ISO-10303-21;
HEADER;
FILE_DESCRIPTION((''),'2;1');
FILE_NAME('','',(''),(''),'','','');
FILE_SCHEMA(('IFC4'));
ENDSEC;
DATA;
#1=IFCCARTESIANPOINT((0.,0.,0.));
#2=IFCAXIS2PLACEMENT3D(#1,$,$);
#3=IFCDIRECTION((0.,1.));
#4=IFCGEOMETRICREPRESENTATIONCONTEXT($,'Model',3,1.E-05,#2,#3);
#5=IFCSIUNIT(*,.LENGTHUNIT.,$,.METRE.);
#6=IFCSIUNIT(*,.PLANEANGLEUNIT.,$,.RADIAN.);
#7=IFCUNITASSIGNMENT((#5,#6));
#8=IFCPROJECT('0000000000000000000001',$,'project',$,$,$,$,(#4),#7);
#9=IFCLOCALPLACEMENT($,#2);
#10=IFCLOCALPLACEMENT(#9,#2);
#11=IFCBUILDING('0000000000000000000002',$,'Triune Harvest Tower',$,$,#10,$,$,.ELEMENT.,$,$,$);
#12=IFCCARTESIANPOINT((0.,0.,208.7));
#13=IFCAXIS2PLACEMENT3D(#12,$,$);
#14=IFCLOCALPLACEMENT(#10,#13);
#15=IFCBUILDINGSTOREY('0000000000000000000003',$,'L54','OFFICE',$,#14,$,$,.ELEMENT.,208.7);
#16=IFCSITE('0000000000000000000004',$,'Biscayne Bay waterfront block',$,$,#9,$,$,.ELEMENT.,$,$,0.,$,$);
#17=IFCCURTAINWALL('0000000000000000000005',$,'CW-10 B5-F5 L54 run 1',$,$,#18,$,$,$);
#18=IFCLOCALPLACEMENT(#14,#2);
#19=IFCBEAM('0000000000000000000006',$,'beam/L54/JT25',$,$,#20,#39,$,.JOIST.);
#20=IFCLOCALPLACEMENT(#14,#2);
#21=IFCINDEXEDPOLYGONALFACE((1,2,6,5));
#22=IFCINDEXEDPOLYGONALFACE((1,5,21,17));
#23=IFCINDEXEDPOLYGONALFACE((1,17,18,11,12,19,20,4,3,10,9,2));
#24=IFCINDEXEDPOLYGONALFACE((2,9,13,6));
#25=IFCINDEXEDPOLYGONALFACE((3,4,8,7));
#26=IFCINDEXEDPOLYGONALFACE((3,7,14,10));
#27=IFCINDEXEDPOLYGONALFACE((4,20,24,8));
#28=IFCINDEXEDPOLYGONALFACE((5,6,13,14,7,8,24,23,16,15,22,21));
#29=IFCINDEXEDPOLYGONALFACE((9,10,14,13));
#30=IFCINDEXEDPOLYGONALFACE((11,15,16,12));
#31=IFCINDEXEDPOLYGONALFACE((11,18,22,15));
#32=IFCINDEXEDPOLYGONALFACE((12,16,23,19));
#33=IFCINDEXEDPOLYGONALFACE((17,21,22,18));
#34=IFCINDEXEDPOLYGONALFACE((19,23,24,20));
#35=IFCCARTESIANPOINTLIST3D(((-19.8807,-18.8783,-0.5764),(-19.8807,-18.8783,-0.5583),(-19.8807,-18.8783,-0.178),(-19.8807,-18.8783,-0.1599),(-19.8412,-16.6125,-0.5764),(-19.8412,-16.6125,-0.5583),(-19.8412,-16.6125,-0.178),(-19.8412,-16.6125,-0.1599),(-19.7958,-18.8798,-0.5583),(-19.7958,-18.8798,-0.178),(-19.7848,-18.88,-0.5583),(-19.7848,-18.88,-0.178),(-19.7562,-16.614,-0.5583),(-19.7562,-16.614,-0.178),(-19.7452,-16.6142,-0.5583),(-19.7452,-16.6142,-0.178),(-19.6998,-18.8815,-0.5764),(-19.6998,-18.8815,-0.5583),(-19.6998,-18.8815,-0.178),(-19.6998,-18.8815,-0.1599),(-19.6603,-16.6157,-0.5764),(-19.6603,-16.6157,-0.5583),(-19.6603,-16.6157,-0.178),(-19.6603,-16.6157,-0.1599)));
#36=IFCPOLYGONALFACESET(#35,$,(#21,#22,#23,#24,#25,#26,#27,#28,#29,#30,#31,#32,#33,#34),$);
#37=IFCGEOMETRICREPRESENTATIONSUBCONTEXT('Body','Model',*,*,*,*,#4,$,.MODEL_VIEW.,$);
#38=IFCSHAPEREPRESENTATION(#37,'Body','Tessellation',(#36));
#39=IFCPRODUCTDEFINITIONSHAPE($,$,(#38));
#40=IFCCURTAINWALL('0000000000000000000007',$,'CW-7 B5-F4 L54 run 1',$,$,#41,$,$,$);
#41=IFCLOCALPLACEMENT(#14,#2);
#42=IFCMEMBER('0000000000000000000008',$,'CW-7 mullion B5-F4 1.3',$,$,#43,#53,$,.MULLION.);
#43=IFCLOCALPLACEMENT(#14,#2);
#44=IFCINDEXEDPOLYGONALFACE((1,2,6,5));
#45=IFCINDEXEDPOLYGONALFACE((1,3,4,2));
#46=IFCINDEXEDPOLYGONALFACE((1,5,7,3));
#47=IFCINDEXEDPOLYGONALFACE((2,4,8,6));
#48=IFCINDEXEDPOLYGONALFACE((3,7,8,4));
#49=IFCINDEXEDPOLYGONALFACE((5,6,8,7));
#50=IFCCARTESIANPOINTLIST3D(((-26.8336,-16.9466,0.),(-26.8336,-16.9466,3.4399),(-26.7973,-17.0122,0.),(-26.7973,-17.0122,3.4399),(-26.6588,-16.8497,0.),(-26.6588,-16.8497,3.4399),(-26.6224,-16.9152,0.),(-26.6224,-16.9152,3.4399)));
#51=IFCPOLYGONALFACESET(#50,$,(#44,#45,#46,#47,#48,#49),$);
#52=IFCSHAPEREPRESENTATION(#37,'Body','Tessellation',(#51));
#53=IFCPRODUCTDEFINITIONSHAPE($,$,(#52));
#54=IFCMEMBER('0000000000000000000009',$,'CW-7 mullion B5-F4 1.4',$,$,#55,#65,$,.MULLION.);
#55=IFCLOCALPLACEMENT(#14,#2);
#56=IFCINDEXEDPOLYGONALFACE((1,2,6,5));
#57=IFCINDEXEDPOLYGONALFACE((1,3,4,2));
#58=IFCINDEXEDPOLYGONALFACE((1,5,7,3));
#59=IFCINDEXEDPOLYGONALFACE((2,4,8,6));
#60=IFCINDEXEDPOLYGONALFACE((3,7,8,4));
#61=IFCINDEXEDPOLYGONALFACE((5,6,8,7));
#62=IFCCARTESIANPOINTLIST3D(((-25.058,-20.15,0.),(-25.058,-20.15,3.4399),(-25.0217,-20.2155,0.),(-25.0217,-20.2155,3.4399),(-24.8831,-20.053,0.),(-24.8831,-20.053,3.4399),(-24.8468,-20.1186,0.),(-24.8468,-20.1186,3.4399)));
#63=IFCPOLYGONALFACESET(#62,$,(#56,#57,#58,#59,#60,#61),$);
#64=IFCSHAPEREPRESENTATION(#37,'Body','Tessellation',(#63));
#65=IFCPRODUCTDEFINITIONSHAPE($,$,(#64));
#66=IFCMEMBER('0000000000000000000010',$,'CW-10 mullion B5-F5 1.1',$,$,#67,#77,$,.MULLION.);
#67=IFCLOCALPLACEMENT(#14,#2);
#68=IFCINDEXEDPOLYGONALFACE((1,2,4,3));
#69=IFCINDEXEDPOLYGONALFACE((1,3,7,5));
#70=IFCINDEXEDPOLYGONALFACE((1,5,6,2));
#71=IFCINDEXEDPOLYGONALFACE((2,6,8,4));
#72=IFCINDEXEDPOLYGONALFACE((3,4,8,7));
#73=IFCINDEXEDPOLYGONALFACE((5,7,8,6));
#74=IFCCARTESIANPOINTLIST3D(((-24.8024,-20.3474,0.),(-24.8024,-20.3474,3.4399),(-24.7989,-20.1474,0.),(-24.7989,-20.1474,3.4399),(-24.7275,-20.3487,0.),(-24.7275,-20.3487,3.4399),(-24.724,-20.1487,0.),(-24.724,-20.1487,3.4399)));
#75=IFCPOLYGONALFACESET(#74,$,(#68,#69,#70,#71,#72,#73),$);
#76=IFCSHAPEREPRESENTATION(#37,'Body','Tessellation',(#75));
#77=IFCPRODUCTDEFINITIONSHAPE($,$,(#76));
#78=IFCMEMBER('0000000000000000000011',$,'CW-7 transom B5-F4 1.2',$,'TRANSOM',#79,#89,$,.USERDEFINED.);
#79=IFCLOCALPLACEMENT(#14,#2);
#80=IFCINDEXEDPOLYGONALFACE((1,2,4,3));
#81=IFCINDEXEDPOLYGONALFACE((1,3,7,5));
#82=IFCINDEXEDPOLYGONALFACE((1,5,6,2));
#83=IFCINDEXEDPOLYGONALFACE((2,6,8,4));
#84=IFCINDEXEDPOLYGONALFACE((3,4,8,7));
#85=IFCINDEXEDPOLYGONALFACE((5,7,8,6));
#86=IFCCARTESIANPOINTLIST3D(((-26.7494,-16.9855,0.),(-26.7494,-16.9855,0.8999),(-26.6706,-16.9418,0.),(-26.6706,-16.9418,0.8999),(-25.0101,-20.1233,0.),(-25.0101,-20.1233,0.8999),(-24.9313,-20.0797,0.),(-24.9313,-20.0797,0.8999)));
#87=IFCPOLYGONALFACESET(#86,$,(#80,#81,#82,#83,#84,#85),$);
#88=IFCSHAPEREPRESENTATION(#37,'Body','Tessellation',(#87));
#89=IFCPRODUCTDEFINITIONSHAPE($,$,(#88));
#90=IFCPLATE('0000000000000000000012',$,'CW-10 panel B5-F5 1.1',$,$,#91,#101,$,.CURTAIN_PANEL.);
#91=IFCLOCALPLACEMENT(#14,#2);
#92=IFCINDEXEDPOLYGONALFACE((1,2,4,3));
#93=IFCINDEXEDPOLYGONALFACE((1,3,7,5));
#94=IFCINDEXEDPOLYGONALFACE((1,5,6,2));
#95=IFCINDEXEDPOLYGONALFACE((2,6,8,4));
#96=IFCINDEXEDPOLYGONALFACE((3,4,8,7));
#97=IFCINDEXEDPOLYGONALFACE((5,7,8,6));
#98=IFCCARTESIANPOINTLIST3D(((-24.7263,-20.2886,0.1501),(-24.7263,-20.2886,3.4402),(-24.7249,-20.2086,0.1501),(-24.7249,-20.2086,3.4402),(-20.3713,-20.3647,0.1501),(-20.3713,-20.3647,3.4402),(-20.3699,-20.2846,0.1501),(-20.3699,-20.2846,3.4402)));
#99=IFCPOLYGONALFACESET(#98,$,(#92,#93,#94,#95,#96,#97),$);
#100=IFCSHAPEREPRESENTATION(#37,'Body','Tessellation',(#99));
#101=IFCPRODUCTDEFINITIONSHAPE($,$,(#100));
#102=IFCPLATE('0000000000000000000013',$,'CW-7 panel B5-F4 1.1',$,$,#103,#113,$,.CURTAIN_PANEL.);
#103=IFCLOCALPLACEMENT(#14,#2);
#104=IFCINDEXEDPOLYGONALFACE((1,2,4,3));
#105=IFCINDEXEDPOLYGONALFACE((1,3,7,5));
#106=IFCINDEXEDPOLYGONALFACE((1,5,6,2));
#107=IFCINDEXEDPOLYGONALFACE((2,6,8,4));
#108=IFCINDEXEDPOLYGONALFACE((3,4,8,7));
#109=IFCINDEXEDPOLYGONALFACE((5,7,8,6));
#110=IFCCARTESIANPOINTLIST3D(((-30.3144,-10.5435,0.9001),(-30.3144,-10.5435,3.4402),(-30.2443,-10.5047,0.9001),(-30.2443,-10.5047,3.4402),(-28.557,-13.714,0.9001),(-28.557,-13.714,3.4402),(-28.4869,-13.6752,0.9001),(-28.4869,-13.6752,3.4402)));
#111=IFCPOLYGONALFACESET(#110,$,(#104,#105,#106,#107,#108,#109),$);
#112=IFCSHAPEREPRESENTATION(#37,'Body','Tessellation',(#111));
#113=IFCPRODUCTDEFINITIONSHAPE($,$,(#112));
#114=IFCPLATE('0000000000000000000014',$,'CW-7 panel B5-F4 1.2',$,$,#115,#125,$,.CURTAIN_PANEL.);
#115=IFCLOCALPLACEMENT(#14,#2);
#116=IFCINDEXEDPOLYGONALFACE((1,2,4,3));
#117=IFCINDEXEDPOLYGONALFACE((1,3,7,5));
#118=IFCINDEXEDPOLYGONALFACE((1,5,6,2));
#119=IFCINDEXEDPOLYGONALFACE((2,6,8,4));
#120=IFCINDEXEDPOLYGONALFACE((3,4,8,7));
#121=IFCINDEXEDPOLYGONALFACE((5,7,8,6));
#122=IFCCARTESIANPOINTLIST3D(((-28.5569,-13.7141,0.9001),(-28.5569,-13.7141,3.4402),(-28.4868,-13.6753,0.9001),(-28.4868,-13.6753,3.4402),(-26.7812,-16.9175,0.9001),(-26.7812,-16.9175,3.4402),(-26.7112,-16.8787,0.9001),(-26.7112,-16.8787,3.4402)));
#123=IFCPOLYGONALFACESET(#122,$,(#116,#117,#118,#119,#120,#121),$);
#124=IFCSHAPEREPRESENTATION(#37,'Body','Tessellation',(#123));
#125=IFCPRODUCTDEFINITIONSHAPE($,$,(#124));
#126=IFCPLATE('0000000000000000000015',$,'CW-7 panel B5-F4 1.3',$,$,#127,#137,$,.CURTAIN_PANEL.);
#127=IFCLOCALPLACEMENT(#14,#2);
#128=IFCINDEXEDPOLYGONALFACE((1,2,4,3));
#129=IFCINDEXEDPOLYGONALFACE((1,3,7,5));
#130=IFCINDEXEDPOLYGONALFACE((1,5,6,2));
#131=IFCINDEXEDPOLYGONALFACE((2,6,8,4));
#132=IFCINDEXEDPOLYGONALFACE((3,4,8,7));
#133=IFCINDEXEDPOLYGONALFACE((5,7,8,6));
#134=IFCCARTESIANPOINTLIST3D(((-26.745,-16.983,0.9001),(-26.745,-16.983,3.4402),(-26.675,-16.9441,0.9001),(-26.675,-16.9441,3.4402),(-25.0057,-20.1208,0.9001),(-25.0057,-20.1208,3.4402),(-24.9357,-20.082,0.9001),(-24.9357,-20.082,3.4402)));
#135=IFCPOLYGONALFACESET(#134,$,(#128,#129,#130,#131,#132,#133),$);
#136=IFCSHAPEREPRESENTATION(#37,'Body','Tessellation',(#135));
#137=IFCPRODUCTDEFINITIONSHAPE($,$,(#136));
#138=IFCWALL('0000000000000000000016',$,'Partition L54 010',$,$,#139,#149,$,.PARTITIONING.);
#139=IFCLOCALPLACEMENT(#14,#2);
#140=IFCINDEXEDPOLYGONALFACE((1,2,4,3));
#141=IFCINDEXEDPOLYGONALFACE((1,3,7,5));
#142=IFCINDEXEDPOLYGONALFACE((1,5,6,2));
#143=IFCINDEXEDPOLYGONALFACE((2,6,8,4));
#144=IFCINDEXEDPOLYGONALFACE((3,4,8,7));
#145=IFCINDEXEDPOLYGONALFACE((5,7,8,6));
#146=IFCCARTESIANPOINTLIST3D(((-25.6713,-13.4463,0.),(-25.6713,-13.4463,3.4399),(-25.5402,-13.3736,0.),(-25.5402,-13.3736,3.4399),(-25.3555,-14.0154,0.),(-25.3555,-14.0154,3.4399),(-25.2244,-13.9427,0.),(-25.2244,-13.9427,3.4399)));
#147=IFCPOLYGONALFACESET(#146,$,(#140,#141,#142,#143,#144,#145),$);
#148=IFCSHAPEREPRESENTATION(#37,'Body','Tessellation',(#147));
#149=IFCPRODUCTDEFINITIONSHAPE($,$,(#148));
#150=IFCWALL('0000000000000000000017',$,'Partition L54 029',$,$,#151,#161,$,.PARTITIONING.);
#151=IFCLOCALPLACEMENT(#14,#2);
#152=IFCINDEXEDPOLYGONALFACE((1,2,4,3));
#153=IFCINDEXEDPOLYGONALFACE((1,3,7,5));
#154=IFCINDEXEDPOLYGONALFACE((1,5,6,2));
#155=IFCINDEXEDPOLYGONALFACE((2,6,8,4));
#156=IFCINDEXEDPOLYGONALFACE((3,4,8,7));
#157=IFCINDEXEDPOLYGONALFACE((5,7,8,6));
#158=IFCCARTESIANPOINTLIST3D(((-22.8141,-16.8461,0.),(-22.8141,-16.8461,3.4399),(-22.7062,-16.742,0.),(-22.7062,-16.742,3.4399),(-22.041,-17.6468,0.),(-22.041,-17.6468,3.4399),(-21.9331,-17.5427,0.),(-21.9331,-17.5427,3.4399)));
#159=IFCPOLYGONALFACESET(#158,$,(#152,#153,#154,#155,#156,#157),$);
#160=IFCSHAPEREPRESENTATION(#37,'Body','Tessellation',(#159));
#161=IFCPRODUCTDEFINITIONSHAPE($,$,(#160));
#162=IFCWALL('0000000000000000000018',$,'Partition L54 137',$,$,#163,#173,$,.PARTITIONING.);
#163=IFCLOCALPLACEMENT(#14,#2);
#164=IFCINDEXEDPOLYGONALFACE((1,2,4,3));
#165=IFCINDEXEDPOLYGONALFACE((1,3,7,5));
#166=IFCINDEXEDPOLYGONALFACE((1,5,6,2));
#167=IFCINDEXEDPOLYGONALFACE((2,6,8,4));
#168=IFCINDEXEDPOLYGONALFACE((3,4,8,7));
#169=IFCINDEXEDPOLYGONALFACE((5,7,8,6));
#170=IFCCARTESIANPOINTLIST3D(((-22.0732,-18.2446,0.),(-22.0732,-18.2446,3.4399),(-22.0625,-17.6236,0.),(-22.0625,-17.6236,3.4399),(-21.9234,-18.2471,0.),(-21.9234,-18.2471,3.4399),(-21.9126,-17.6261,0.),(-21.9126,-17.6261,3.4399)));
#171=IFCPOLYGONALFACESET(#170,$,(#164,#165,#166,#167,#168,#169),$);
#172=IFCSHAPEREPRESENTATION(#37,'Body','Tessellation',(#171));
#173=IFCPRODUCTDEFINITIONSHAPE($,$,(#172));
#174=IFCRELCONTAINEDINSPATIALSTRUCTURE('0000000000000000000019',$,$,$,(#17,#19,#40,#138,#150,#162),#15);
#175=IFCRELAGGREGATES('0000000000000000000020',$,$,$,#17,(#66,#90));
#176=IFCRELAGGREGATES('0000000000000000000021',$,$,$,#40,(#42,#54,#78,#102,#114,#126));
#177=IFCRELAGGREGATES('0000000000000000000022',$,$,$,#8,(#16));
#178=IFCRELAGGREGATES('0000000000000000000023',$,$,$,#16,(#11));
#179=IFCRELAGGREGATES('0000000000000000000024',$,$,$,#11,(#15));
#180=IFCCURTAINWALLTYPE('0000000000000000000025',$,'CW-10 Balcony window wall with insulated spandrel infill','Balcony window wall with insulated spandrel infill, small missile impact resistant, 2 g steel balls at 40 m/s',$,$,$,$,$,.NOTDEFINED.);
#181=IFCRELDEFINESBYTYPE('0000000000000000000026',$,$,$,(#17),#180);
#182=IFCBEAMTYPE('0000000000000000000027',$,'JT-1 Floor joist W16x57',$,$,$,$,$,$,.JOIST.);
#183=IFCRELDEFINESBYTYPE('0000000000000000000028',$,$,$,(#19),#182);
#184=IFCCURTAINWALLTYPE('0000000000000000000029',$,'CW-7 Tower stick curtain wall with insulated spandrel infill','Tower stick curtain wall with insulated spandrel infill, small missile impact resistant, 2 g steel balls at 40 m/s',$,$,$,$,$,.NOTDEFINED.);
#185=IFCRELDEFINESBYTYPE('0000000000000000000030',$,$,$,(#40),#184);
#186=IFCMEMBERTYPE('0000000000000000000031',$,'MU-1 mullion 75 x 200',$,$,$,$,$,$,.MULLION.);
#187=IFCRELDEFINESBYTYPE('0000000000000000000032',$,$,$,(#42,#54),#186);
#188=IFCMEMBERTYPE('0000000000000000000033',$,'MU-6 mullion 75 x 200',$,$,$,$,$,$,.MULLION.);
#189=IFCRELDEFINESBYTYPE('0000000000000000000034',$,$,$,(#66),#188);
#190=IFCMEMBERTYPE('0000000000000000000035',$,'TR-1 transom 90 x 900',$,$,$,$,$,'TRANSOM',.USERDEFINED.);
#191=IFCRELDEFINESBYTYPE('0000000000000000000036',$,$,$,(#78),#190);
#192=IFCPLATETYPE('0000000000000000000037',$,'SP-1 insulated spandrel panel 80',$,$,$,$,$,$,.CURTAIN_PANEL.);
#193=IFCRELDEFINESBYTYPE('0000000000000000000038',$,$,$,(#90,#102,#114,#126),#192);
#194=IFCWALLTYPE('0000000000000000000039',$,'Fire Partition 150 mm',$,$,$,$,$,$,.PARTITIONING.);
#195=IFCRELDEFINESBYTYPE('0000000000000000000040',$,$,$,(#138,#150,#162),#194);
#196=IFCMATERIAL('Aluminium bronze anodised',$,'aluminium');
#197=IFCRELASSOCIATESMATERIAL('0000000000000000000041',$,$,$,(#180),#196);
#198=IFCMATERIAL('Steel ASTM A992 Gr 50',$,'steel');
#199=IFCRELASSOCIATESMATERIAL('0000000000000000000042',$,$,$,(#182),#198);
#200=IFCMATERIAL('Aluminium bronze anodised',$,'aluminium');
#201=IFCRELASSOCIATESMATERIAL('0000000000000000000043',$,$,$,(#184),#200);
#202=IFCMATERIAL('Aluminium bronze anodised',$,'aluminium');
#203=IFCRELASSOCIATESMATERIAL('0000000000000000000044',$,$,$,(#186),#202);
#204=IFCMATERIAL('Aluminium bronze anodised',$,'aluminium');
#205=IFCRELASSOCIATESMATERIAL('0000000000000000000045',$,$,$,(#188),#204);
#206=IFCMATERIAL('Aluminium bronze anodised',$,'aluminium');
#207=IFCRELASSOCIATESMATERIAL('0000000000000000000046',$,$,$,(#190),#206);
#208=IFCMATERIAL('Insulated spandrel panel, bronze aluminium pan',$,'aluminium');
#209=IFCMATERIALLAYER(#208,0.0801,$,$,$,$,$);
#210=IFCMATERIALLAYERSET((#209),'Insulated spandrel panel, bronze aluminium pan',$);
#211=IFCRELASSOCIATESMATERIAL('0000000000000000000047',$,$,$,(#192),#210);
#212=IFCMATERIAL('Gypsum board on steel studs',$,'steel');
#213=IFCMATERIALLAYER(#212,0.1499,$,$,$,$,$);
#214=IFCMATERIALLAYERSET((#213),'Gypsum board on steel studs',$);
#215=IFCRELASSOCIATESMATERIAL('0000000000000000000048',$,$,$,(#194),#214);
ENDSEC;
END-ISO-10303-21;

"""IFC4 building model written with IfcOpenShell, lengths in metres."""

from ifc_helpers import new_model, si_unit, direction, frame, frame_2d, origin, origin_2d, place, context, subcontext, project, spatial, rectangle, i_section, extrude, source, transform, mapped, material, layer, layer_set, material_profile, profile_set, type_object, element, aggregate, save


model = new_model("IFC4")

# Units and contexts
model_context = context("Model", 3, precision=1e-05, world=origin(), true_north=direction((0.0, 1.0)))
body_context = subcontext(model_context, "Body", "Model", "MODEL_VIEW")
ifc_project = project(units=[si_unit("LENGTHUNIT", "METRE"), si_unit("PLANEANGLEUNIT", "RADIAN")], contexts=[model_context])

# Site, building, storey
site_placement = place(None, origin())
site = spatial("IfcSite", under=ifc_project, at=site_placement, Name="Biscayne Bay waterfront block", CompositionType="ELEMENT", RefElevation=0.0)
building_placement = place(site_placement, origin())
building = spatial("IfcBuilding", under=site, at=building_placement, Name="Triune Harvest Tower", CompositionType="ELEMENT")
storey_placement = place(building_placement, frame((0.0, 0.0, 208.7)))
storey = spatial("IfcBuildingStorey", under=building, at=storey_placement, Name="L54", Description="OFFICE", CompositionType="ELEMENT", Elevation=208.7)

# Curtain wall
ifc_material_1 = material(Name="Aluminium bronze anodised", Category="aluminium")
curtain_wall_type_1 = type_object("IfcCurtainWallType", Name="CW-10 Balcony window wall with insulated spandrel infill", Description="Balcony window wall with insulated spandrel infill, small missile impact resistant, 2 g steel balls at 40 m/s", PredefinedType="NOTDEFINED", material=ifc_material_1)
curtain_wall_1_placement = place(storey_placement, origin())
curtain_wall_1 = element("IfcCurtainWall", 1, at=curtain_wall_1_placement, inside=storey, type_object=curtain_wall_type_1, Name="CW-10 B5-F5 L54 run 1")

# Beam
ifc_material_2 = material(Name="Steel ASTM A992 Gr 50", Category="steel")
ifc_material_profile_1 = material_profile(ifc_material_2, i_section(OverallWidth=0.1809, OverallDepth=0.4165, WebThickness=0.011, FlangeThickness=0.0181, at=origin_2d()), Name="W16x57")
ifc_profile_set_1 = profile_set([ifc_material_profile_1], Name="Steel ASTM A992 Gr 50")
beam_type_1 = type_object("IfcBeamType", Name="JT-1 Floor joist W16x57", PredefinedType="JOIST", material=ifc_profile_set_1)
shared_shape_1 = source(origin(), body_context, "Body", "SweptSolid", [
    extrude(i_section(OverallWidth=0.1809, OverallDepth=0.4165, WebThickness=0.011, FlangeThickness=0.0181, at=origin_2d()), origin(), (0.0, 0.0, 1.0), 2.2661),
])
beam_1_placement = place(storey_placement, frame((-19.7903, -18.8799, -0.3682), z_axis=(0.017452, 0.999848, 0.0), x_axis=(-0.999848, 0.017452, 0.0)))
element("IfcBeam", 2, at=beam_1_placement, inside=storey, type_object=beam_type_1, Name="beam/L54/JT25", PredefinedType="JOIST", context=body_context, shape_type="MappedRepresentation", body=[
    mapped(shared_shape_1, transform((0.0, 0.0, 0.0), scale=1.0)),
])

# Curtain wall, members
ifc_material_3 = material(Name="Aluminium bronze anodised", Category="aluminium")
curtain_wall_type_2 = type_object("IfcCurtainWallType", Name="CW-7 Tower stick curtain wall with insulated spandrel infill", Description="Tower stick curtain wall with insulated spandrel infill, small missile impact resistant, 2 g steel balls at 40 m/s", PredefinedType="NOTDEFINED", material=ifc_material_3)
curtain_wall_2_placement = place(storey_placement, origin())
curtain_wall_2 = element("IfcCurtainWall", 3, at=curtain_wall_2_placement, inside=storey, type_object=curtain_wall_type_2, Name="CW-7 B5-F4 L54 run 1")
ifc_material_4 = material(Name="Aluminium bronze anodised", Category="aluminium")
ifc_material_profile_2 = material_profile(ifc_material_4, rectangle(XDim=0.2, YDim=0.075, at=origin_2d()), Name="MU-1 mullion 75 x 200")
ifc_profile_set_2 = profile_set([ifc_material_profile_2], Name="Aluminium bronze anodised")
member_type_1 = type_object("IfcMemberType", Name="MU-1 mullion 75 x 200", PredefinedType="MULLION", material=ifc_profile_set_2)
shared_shape_2 = source(origin(), body_context, "Body", "SweptSolid", [
    extrude(rectangle(XDim=0.2, YDim=0.075, at=origin_2d()), origin(), (0.0, 0.0, 1.0), 3.4399),
])
member_1_placement = place(storey_placement, frame((-26.728, -16.9309, 0.0), z_axis=(0.0, 0.0, 1.0), x_axis=(0.874624, 0.484802, 0.0)))
member_1 = element("IfcMember", 4, at=member_1_placement, type_object=member_type_1, Name="CW-7 mullion B5-F4 1.3", PredefinedType="MULLION", context=body_context, shape_type="MappedRepresentation", body=[
    mapped(shared_shape_2, transform((0.0, 0.0, 0.0), scale=1.0)),
])
member_2_placement = place(storey_placement, frame((-24.9524, -20.1343, 0.0), z_axis=(0.0, 0.0, 1.0), x_axis=(0.874624, 0.484802, 0.0)))
member_2 = element("IfcMember", 5, at=member_2_placement, type_object=member_type_1, Name="CW-7 mullion B5-F4 1.4", PredefinedType="MULLION", context=body_context, shape_type="MappedRepresentation", body=[
    mapped(shared_shape_2, transform((0.0, 0.0, 0.0), scale=1.0)),
])

# Members
ifc_material_5 = material(Name="Aluminium bronze anodised", Category="aluminium")
ifc_material_profile_3 = material_profile(ifc_material_5, rectangle(XDim=0.2, YDim=0.075, at=origin_2d()), Name="MU-6 mullion 75 x 200")
ifc_profile_set_3 = profile_set([ifc_material_profile_3], Name="Aluminium bronze anodised")
member_type_2 = type_object("IfcMemberType", Name="MU-6 mullion 75 x 200", PredefinedType="MULLION", material=ifc_profile_set_3)
shared_shape_3 = source(origin(), body_context, "Body", "SweptSolid", [
    extrude(rectangle(XDim=0.2, YDim=0.075, at=origin_2d()), origin(), (0.0, 0.0, 1.0), 3.4399),
])
member_3_placement = place(storey_placement, frame((-24.7632, -20.248, 0.0), z_axis=(0.0, 0.0, 1.0), x_axis=(0.017452, 0.999848, 0.0)))
member_3 = element("IfcMember", 6, at=member_3_placement, type_object=member_type_2, Name="CW-10 mullion B5-F5 1.1", PredefinedType="MULLION", context=body_context, shape_type="MappedRepresentation", body=[
    mapped(shared_shape_3, transform((0.0, 0.0, 0.0), scale=1.0)),
])
ifc_material_6 = material(Name="Aluminium bronze anodised", Category="aluminium")
ifc_material_profile_4 = material_profile(ifc_material_6, rectangle(XDim=0.0901, YDim=0.8999, at=origin_2d()), Name="TR-1 transom 90 x 900")
ifc_profile_set_4 = profile_set([ifc_material_profile_4], Name="Aluminium bronze anodised")
member_type_3 = type_object("IfcMemberType", Name="TR-1 transom 90 x 900", ElementType="TRANSOM", PredefinedType="USERDEFINED", material=ifc_profile_set_4)
shared_shape_4 = source(origin(), body_context, "Body", "SweptSolid", [
    extrude(rectangle(XDim=0.0901, YDim=0.8999, at=origin_2d()), origin(), (0.0, 0.0, 1.0), 3.5876),
])
member_4_placement = place(storey_placement, frame((-26.71, -16.9636, 0.45), z_axis=(0.484782, -0.874635, 0.0), x_axis=(0.874635, 0.484782, 0.0)))
member_4 = element("IfcMember", 7, at=member_4_placement, type_object=member_type_3, Name="CW-7 transom B5-F4 1.2", ObjectType="TRANSOM", PredefinedType="USERDEFINED", context=body_context, shape_type="MappedRepresentation", body=[
    mapped(shared_shape_4, transform((0.0, 0.0, 0.0), scale=1.0)),
])

# Plates
ifc_material_7 = material(Name="Insulated spandrel panel, bronze aluminium pan", Category="aluminium")
ifc_layer_1 = layer(ifc_material_7, 0.0801)
ifc_layer_set_1 = layer_set([ifc_layer_1], Name="Insulated spandrel panel, bronze aluminium pan")
plate_type = type_object("IfcPlateType", Name="SP-1 insulated spandrel panel 80", PredefinedType="CURTAIN_PANEL", material=ifc_layer_set_1)
shared_shape_5 = source(origin(), body_context, "Body", "SweptSolid", [
    extrude(rectangle(XDim=4.3557, YDim=0.0801, at=origin_2d()), origin(), (0.0, 0.0, 1.0), 3.29),
])
plate_1_placement = place(storey_placement, frame((-22.5481, -20.2866, 0.1501), z_axis=(0.0, 0.0, 1.0), x_axis=(0.999848, -0.017452, 0.0)))
plate_1 = element("IfcPlate", 8, at=plate_1_placement, type_object=plate_type, Name="CW-10 panel B5-F5 1.1", PredefinedType="CURTAIN_PANEL", context=body_context, shape_type="MappedRepresentation", body=[
    mapped(shared_shape_5, transform((0.0, 0.0, 0.0), scale=1.0)),
])
aggregate(curtain_wall_1, [member_3, plate_1])
shared_shape_6 = source(origin(), body_context, "Body", "SweptSolid", [
    extrude(rectangle(XDim=3.625, YDim=0.0801, at=origin_2d()), origin(), (0.0, 0.0, 1.0), 2.54),
])
plate_2_placement = place(storey_placement, frame((-29.4006, -12.1094, 0.9001), z_axis=(0.0, 0.0, 1.0), x_axis=(0.484802, -0.874624, 0.0)))
plate_2 = element("IfcPlate", 9, at=plate_2_placement, type_object=plate_type, Name="CW-7 panel B5-F4 1.1", PredefinedType="CURTAIN_PANEL", context=body_context, shape_type="MappedRepresentation", body=[
    mapped(shared_shape_6, transform((0.0, 0.0, 0.0), scale=1.0)),
])
shared_shape_7 = source(origin(), body_context, "Body", "SweptSolid", [
    extrude(rectangle(XDim=3.6626, YDim=0.0801, at=origin_2d()), origin(), (0.0, 0.0, 1.0), 2.54),
])
plate_3_placement = place(storey_placement, frame((-27.634, -15.2964, 0.9001), z_axis=(0.0, 0.0, 1.0), x_axis=(0.484802, -0.874624, 0.0)))
plate_3 = element("IfcPlate", 10, at=plate_3_placement, type_object=plate_type, Name="CW-7 panel B5-F4 1.2", PredefinedType="CURTAIN_PANEL", context=body_context, shape_type="MappedRepresentation", body=[
    mapped(shared_shape_7, transform((0.0, 0.0, 0.0), scale=1.0)),
])
shared_shape_8 = source(origin(), body_context, "Body", "SweptSolid", [
    extrude(rectangle(XDim=3.5876, YDim=0.0801, at=origin_2d()), origin(), (0.0, 0.0, 1.0), 2.54),
])
plate_4_placement = place(storey_placement, frame((-25.8403, -18.5325, 0.9001), z_axis=(0.0, 0.0, 1.0), x_axis=(0.484802, -0.874624, 0.0)))
plate_4 = element("IfcPlate", 11, at=plate_4_placement, type_object=plate_type, Name="CW-7 panel B5-F4 1.3", PredefinedType="CURTAIN_PANEL", context=body_context, shape_type="MappedRepresentation", body=[
    mapped(shared_shape_8, transform((0.0, 0.0, 0.0), scale=1.0)),
])
aggregate(curtain_wall_2, [member_1, member_2, member_4, plate_2, plate_3, plate_4])

# Walls
ifc_material_8 = material(Name="Gypsum board on steel studs", Category="steel")
ifc_layer_2 = layer(ifc_material_8, 0.1499)
ifc_layer_set_2 = layer_set([ifc_layer_2], Name="Gypsum board on steel studs")
wall_type_1 = type_object("IfcWallType", Name="Fire Partition 150 mm", PredefinedType="PARTITIONING", material=ifc_layer_set_2)
wall_1_placement = place(storey_placement, frame((-25.6057, -13.4099, 0.0), z_axis=(0.0, 0.0, 1.0), x_axis=(0.485069, -0.874476, 0.0)))
element("IfcWall", 12, at=wall_1_placement, inside=storey, type_object=wall_type_1, Name="Partition L54 010", PredefinedType="PARTITIONING", context=body_context, shape_type="SweptSolid", body=[
    extrude(rectangle(XDim=0.6509, YDim=0.1499, at=frame_2d((0.3254, 0.0))), origin(), (0.0, 0.0, 1.0), 3.4399),
])
wall_2_placement = place(storey_placement, frame((-22.7603, -16.7939, 0.0), z_axis=(0.0, 0.0, 1.0), x_axis=(0.694606, -0.71939, 0.0)))
element("IfcWall", 13, at=wall_2_placement, inside=storey, type_object=wall_type_1, Name="Partition L54 029", PredefinedType="PARTITIONING", context=body_context, shape_type="SweptSolid", body=[
    extrude(rectangle(XDim=1.113, YDim=0.1499, at=frame_2d((0.5566, 0.0))), origin(), (0.0, 0.0, 1.0), 3.4399),
])
wall_3_placement = place(storey_placement, frame((-21.9983, -18.2458, 0.0), z_axis=(0.0, 0.0, 1.0), x_axis=(0.017293, 0.99985, 0.0)))
element("IfcWall", 14, at=wall_3_placement, inside=storey, type_object=wall_type_1, Name="Partition L54 137", PredefinedType="PARTITIONING", context=body_context, shape_type="SweptSolid", body=[
    extrude(rectangle(XDim=0.6211, YDim=0.1499, at=frame_2d((0.3105, 0.0))), origin(), (0.0, 0.0, 1.0), 3.4399),
])

save(model, "model.ifc")
